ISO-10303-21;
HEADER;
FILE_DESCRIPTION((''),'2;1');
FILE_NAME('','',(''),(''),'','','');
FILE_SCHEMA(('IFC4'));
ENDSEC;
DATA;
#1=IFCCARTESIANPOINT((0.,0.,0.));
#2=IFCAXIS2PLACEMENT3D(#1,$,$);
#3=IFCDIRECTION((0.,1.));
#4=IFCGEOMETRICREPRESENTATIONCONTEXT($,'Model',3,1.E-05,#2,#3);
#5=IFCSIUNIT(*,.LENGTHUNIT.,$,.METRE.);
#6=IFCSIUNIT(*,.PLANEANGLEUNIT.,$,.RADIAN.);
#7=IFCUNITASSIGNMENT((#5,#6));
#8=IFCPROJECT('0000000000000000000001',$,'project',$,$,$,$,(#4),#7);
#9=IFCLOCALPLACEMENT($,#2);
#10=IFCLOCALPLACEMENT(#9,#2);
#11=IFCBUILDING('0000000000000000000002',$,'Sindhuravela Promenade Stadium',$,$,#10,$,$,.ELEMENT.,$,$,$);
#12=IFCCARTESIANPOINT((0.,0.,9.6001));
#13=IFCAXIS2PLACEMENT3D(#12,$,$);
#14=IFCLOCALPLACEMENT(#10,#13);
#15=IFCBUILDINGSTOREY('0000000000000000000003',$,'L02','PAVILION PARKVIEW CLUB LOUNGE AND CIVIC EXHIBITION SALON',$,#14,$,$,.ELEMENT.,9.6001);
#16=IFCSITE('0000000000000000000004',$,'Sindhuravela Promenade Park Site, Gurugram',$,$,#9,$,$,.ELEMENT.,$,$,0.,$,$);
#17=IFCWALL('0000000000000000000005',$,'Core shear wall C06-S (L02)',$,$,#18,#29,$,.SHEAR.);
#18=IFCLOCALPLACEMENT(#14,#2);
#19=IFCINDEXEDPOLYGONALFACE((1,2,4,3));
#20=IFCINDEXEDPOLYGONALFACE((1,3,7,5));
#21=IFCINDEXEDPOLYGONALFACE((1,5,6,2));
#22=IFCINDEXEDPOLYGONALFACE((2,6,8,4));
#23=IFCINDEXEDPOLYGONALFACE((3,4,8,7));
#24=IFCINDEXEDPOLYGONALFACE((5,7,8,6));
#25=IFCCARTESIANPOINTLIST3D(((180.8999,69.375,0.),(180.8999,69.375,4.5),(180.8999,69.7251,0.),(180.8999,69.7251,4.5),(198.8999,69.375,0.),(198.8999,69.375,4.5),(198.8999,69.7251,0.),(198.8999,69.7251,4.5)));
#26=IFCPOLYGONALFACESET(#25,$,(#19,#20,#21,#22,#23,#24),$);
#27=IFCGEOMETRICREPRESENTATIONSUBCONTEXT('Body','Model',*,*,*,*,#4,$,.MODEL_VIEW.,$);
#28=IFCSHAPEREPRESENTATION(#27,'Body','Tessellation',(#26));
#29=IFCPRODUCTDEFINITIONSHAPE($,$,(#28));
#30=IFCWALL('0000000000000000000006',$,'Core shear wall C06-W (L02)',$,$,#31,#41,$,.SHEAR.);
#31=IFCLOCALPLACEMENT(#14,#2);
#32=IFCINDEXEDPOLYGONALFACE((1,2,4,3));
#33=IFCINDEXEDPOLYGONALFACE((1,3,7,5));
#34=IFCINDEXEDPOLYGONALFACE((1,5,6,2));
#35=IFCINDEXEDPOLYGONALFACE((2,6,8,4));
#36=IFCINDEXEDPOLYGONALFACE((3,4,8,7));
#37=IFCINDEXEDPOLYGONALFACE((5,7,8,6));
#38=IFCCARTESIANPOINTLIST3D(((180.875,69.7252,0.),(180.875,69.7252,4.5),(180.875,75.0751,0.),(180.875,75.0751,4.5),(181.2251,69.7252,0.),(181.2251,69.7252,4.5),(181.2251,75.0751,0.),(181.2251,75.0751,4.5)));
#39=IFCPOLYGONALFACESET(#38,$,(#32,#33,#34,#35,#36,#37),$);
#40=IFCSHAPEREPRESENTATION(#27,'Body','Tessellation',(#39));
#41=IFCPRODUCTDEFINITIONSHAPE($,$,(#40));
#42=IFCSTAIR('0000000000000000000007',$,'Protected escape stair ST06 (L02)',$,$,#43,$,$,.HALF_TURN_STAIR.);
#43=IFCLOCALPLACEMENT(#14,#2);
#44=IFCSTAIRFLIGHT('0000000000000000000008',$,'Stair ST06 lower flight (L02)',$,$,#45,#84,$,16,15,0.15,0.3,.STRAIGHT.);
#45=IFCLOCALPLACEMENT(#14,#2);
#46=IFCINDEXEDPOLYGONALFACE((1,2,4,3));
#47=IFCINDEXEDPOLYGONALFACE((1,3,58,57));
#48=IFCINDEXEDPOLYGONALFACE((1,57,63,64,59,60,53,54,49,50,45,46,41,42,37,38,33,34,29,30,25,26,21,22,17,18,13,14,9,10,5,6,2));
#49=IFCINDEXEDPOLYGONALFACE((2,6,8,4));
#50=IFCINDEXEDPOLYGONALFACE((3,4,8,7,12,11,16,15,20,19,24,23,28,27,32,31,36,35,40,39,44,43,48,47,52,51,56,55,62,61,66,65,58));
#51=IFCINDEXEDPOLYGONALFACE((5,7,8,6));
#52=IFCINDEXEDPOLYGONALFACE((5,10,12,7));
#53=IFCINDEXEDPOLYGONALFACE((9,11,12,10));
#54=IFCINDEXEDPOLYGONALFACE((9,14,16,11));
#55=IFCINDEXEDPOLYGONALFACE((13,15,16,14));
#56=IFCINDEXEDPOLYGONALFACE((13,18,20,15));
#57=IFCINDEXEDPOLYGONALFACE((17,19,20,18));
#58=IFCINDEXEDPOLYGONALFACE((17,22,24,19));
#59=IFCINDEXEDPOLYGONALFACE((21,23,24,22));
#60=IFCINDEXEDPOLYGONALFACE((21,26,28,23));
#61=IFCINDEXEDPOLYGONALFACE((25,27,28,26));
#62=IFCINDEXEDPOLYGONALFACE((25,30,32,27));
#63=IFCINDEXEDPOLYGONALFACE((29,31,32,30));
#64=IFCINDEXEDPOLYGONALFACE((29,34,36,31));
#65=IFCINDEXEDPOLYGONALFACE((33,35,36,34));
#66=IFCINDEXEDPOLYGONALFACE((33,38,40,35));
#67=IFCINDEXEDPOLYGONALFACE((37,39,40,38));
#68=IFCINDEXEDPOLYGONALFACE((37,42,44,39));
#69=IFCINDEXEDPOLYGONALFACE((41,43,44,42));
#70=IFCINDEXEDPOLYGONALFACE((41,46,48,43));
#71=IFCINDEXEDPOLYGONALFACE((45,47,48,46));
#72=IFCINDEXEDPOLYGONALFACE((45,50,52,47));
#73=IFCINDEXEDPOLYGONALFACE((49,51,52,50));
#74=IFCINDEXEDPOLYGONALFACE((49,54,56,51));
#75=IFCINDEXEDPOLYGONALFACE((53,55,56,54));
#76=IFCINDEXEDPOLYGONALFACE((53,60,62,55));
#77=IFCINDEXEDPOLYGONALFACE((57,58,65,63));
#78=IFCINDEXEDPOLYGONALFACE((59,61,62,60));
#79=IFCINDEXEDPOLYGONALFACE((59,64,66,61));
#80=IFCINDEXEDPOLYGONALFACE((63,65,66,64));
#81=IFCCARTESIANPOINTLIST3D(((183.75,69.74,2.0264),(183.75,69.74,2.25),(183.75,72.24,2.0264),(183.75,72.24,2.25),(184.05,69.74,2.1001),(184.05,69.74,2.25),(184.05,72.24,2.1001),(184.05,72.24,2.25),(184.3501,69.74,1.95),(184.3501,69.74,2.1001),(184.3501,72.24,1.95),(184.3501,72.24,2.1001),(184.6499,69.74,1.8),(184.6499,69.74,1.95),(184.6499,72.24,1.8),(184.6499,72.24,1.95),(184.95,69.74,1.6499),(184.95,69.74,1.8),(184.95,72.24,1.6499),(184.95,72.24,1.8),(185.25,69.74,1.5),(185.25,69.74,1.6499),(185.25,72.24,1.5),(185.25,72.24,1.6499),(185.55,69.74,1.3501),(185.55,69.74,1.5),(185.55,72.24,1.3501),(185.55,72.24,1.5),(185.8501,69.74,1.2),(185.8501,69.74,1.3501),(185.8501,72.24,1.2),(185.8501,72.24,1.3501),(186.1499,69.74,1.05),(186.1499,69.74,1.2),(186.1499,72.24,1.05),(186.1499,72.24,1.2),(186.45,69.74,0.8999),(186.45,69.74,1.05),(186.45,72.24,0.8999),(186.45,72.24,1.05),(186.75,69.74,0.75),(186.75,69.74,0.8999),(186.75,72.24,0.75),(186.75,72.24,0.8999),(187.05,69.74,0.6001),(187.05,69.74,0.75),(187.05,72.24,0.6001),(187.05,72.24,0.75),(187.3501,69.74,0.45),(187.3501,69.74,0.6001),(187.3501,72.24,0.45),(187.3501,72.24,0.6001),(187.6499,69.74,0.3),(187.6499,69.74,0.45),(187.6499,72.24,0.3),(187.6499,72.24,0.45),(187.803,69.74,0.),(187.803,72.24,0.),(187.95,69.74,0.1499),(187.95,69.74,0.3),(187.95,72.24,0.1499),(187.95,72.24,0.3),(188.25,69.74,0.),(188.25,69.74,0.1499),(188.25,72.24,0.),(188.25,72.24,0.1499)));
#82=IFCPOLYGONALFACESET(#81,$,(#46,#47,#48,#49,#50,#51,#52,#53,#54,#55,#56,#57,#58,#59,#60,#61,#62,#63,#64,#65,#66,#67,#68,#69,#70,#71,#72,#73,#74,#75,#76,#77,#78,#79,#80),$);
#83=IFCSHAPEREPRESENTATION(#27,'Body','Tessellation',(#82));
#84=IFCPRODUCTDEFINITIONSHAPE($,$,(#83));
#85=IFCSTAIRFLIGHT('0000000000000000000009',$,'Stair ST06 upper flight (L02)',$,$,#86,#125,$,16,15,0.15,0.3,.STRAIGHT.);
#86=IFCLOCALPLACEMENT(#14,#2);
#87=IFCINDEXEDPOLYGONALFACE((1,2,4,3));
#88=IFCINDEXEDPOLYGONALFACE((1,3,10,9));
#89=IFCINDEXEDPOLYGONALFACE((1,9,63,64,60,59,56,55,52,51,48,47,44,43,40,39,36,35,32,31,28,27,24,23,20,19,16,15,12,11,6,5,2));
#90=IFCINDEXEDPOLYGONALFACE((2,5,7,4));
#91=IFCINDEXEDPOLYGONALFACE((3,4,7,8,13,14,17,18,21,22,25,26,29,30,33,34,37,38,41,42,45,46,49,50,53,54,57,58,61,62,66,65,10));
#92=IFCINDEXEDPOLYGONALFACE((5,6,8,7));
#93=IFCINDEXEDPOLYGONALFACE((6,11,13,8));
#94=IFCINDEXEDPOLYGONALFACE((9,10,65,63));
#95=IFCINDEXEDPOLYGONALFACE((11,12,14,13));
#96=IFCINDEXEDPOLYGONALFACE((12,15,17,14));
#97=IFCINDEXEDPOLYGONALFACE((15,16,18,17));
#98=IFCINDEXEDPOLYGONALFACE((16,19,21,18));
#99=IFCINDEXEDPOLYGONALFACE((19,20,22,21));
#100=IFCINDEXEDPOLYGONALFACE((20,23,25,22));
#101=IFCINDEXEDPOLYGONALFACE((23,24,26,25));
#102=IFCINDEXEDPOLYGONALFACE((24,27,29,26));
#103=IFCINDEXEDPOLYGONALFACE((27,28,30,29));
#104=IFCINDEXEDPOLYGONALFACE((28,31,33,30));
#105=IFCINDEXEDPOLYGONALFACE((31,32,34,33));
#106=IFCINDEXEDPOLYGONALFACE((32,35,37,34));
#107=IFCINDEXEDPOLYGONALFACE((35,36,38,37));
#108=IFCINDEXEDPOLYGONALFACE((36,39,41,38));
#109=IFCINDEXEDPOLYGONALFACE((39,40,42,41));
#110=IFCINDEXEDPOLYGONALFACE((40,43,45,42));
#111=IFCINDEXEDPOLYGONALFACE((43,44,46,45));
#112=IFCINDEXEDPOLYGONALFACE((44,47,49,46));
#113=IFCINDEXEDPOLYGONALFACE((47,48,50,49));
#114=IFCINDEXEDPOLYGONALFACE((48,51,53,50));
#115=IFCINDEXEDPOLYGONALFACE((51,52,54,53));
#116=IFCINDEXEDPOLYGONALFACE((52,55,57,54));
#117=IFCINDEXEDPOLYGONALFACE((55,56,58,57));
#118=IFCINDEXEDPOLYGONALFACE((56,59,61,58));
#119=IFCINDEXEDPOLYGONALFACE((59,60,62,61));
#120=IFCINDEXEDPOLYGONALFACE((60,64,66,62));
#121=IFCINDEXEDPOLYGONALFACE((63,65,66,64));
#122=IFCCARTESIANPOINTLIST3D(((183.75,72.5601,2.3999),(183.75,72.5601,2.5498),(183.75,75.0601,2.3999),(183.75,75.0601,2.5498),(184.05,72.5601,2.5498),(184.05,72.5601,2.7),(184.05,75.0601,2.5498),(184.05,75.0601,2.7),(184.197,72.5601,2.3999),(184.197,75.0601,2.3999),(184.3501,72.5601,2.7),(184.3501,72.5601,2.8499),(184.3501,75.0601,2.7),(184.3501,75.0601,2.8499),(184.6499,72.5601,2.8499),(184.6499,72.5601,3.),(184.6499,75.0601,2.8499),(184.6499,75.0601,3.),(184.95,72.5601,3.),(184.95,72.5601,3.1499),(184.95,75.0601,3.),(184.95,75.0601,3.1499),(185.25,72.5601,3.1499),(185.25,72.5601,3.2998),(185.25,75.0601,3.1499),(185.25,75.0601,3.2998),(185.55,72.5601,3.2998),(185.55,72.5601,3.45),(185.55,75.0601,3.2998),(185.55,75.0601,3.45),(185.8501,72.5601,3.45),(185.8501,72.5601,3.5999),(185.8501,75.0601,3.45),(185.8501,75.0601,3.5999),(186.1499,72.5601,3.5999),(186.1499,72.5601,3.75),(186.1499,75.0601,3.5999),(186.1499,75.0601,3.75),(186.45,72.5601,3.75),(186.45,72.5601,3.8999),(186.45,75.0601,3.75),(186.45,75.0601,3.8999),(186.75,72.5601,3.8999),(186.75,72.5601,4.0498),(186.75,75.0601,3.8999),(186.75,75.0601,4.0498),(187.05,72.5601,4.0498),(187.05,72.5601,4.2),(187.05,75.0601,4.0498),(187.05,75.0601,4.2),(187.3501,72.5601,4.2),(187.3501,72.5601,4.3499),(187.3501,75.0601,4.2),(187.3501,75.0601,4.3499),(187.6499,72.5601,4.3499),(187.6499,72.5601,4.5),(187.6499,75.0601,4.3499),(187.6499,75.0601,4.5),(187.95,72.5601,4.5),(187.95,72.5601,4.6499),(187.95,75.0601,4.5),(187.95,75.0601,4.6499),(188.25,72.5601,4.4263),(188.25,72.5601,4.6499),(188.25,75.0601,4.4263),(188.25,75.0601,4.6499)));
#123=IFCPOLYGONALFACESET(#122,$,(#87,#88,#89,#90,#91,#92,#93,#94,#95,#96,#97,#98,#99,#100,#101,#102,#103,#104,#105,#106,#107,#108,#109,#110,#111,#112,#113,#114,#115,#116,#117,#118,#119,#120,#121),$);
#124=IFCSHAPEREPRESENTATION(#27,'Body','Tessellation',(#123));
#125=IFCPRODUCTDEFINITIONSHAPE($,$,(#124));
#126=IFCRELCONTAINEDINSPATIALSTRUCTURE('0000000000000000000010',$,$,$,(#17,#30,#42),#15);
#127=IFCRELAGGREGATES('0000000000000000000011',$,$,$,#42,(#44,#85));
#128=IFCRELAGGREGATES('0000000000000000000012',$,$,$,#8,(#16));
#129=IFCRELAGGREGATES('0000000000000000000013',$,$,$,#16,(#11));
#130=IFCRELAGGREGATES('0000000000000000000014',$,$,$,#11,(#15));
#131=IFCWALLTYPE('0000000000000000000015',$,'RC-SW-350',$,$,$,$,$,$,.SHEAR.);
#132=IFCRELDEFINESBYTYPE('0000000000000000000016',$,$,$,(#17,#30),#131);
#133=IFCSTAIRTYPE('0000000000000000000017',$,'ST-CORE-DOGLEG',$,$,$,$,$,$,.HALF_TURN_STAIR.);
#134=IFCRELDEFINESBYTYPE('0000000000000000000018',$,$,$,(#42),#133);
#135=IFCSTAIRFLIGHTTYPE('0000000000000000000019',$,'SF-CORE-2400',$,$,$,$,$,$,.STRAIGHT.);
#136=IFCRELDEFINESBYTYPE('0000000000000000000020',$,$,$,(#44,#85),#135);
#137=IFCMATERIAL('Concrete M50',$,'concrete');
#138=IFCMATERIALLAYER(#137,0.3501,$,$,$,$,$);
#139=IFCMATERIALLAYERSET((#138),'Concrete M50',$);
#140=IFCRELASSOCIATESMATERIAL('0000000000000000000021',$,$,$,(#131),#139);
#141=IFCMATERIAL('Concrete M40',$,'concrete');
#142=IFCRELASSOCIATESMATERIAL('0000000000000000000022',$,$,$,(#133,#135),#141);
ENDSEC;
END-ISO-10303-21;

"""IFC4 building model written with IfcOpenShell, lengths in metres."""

from ifc_helpers import new_model, si_unit, direction, frame, frame_2d, origin, place, context, subcontext, project, spatial, polyline, rectangle, outline, extrude, material, layer, layer_set, type_object, element, aggregate, save


model = new_model("IFC4")

# Units and contexts
model_context = context("Model", 3, precision=1e-05, world=origin(), true_north=direction((0.0, 1.0)))
body_context = subcontext(model_context, "Body", "Model", "MODEL_VIEW")
ifc_project = project(units=[si_unit("LENGTHUNIT", "METRE"), si_unit("PLANEANGLEUNIT", "RADIAN")], contexts=[model_context])

# Site, building, storey
site_placement = place(None, origin())
site = spatial("IfcSite", under=ifc_project, at=site_placement, Name="Sindhuravela Promenade Park Site, Gurugram", CompositionType="ELEMENT", RefElevation=0.0)
building_placement = place(site_placement, origin())
building = spatial("IfcBuilding", under=site, at=building_placement, Name="Sindhuravela Promenade Stadium", CompositionType="ELEMENT")
storey_placement = place(building_placement, frame((0.0, 0.0, 9.6001)))
storey = spatial("IfcBuildingStorey", under=building, at=storey_placement, Name="L02", Description="PAVILION PARKVIEW CLUB LOUNGE AND CIVIC EXHIBITION SALON", CompositionType="ELEMENT", Elevation=9.6001)

# Shared definitions
ifc_material_1 = material(Name="Concrete M40", Category="concrete")

# Walls
ifc_material_2 = material(Name="Concrete M50", Category="concrete")
ifc_layer_1 = layer(ifc_material_2, 0.3501)
ifc_layer_set_1 = layer_set([ifc_layer_1], Name="Concrete M50")
wall_type_1 = type_object("IfcWallType", Name="RC-SW-350", PredefinedType="SHEAR", material=ifc_layer_set_1)
wall_1_placement = place(storey_placement, frame((180.8999, 69.55, 0.0), z_axis=(0.0, 0.0, 1.0), x_axis=(1.0, 0.0, 0.0)))
element("IfcWall", 1, at=wall_1_placement, inside=storey, type_object=wall_type_1, Name="Core shear wall C06-S (L02)", PredefinedType="SHEAR", context=body_context, shape_type="SweptSolid", body=[
    extrude(rectangle(XDim=18.0, YDim=0.3501, at=frame_2d((9.0, 0.0))), origin(), (0.0, 0.0, 1.0), 4.5),
])
wall_2_placement = place(storey_placement, frame((181.05, 75.075, 0.0), z_axis=(0.0, 0.0, 1.0), x_axis=(0.0, -1.0, 0.0)))
element("IfcWall", 2, at=wall_2_placement, inside=storey, type_object=wall_type_1, Name="Core shear wall C06-W (L02)", PredefinedType="SHEAR", context=body_context, shape_type="SweptSolid", body=[
    extrude(rectangle(XDim=5.3499, YDim=0.3501, at=frame_2d((2.6748, 0.0))), origin(), (0.0, 0.0, 1.0), 4.5),
])

# Stair, stair flights
stair_type = type_object("IfcStairType", Name="ST-CORE-DOGLEG", PredefinedType="HALF_TURN_STAIR", material=ifc_material_1)
stair_placement = place(storey_placement, origin())
stair = element("IfcStair", 3, at=stair_placement, inside=storey, type_object=stair_type, Name="Protected escape stair ST06 (L02)", PredefinedType="HALF_TURN_STAIR")
stair_flight_type = type_object("IfcStairFlightType", Name="SF-CORE-2400", PredefinedType="STRAIGHT", material=ifc_material_1)
stair_flight_1_placement = place(storey_placement, frame((188.25, 70.99, 0.0), z_axis=(0.0, 0.0, 1.0), x_axis=(-1.0, 0.0, 0.0)))
stair_flight_1 = element("IfcStairFlight", 4, at=stair_flight_1_placement, type_object=stair_flight_type, Name="Stair ST06 lower flight (L02)", NumberOfRisers=16, NumberOfTreads=15, PredefinedType="STRAIGHT", RiserHeight=0.15, TreadLength=0.3, context=body_context, shape_type="SweptSolid", body=[
    extrude(outline(polyline([(0.0, 0.0), (0.0, 0.1499), (0.3, 0.1499), (0.3, 0.3), (0.6001, 0.3), (0.6001, 0.45), (0.8999, 0.45), (0.8999, 0.6001), (1.2, 0.6001), (1.2, 0.75), (1.5, 0.75), (1.5, 0.8999), (1.8, 0.8999), (1.8, 1.05), (2.1001, 1.05), (2.1001, 1.2), (2.3999, 1.2), (2.3999, 1.3501), (2.7, 1.3501), (2.7, 1.5), (3.0, 1.5), (3.0, 1.6499), (3.3, 1.6499), (3.3, 1.8), (3.6001, 1.8), (3.6001, 1.95), (3.8999, 1.95), (3.8999, 2.1001), (4.2, 2.1001), (4.2, 2.25), (4.5, 2.25), (4.5, 2.3999), (4.5, 2.0264), (0.447, 0.0), (0.0, 0.0)])), frame((0.0, 1.25, 0.0), z_axis=(0.0, -1.0, 0.0), x_axis=(1.0, 0.0, 0.0)), (0.0, 0.0, 1.0), 2.5),
])
stair_flight_2_placement = place(storey_placement, frame((183.75, 73.8101, 2.3999), z_axis=(0.0, 0.0, 1.0), x_axis=(1.0, 0.0, 0.0)))
stair_flight_2 = element("IfcStairFlight", 5, at=stair_flight_2_placement, type_object=stair_flight_type, Name="Stair ST06 upper flight (L02)", NumberOfRisers=16, NumberOfTreads=15, PredefinedType="STRAIGHT", RiserHeight=0.15, TreadLength=0.3, context=body_context, shape_type="SweptSolid", body=[
    extrude(outline(polyline([(0.0, 0.0), (0.0, 0.1499), (0.3, 0.1499), (0.3, 0.3), (0.6001, 0.3), (0.6001, 0.45), (0.8999, 0.45), (0.8999, 0.6001), (1.2, 0.6001), (1.2, 0.75), (1.5, 0.75), (1.5, 0.8999), (1.8, 0.8999), (1.8, 1.05), (2.1001, 1.05), (2.1001, 1.2), (2.3999, 1.2), (2.3999, 1.3501), (2.7, 1.3501), (2.7, 1.5), (3.0, 1.5), (3.0, 1.6499), (3.3, 1.6499), (3.3, 1.8), (3.6001, 1.8), (3.6001, 1.95), (3.8999, 1.95), (3.8999, 2.1001), (4.2, 2.1001), (4.2, 2.25), (4.5, 2.25), (4.5, 2.3999), (4.5, 2.0264), (0.447, 0.0), (0.0, 0.0)])), frame((0.0, 1.25, 0.0), z_axis=(0.0, -1.0, 0.0), x_axis=(1.0, 0.0, 0.0)), (0.0, 0.0, 1.0), 2.5),
])
aggregate(stair, [stair_flight_1, stair_flight_2])

save(model, "model.ifc")
